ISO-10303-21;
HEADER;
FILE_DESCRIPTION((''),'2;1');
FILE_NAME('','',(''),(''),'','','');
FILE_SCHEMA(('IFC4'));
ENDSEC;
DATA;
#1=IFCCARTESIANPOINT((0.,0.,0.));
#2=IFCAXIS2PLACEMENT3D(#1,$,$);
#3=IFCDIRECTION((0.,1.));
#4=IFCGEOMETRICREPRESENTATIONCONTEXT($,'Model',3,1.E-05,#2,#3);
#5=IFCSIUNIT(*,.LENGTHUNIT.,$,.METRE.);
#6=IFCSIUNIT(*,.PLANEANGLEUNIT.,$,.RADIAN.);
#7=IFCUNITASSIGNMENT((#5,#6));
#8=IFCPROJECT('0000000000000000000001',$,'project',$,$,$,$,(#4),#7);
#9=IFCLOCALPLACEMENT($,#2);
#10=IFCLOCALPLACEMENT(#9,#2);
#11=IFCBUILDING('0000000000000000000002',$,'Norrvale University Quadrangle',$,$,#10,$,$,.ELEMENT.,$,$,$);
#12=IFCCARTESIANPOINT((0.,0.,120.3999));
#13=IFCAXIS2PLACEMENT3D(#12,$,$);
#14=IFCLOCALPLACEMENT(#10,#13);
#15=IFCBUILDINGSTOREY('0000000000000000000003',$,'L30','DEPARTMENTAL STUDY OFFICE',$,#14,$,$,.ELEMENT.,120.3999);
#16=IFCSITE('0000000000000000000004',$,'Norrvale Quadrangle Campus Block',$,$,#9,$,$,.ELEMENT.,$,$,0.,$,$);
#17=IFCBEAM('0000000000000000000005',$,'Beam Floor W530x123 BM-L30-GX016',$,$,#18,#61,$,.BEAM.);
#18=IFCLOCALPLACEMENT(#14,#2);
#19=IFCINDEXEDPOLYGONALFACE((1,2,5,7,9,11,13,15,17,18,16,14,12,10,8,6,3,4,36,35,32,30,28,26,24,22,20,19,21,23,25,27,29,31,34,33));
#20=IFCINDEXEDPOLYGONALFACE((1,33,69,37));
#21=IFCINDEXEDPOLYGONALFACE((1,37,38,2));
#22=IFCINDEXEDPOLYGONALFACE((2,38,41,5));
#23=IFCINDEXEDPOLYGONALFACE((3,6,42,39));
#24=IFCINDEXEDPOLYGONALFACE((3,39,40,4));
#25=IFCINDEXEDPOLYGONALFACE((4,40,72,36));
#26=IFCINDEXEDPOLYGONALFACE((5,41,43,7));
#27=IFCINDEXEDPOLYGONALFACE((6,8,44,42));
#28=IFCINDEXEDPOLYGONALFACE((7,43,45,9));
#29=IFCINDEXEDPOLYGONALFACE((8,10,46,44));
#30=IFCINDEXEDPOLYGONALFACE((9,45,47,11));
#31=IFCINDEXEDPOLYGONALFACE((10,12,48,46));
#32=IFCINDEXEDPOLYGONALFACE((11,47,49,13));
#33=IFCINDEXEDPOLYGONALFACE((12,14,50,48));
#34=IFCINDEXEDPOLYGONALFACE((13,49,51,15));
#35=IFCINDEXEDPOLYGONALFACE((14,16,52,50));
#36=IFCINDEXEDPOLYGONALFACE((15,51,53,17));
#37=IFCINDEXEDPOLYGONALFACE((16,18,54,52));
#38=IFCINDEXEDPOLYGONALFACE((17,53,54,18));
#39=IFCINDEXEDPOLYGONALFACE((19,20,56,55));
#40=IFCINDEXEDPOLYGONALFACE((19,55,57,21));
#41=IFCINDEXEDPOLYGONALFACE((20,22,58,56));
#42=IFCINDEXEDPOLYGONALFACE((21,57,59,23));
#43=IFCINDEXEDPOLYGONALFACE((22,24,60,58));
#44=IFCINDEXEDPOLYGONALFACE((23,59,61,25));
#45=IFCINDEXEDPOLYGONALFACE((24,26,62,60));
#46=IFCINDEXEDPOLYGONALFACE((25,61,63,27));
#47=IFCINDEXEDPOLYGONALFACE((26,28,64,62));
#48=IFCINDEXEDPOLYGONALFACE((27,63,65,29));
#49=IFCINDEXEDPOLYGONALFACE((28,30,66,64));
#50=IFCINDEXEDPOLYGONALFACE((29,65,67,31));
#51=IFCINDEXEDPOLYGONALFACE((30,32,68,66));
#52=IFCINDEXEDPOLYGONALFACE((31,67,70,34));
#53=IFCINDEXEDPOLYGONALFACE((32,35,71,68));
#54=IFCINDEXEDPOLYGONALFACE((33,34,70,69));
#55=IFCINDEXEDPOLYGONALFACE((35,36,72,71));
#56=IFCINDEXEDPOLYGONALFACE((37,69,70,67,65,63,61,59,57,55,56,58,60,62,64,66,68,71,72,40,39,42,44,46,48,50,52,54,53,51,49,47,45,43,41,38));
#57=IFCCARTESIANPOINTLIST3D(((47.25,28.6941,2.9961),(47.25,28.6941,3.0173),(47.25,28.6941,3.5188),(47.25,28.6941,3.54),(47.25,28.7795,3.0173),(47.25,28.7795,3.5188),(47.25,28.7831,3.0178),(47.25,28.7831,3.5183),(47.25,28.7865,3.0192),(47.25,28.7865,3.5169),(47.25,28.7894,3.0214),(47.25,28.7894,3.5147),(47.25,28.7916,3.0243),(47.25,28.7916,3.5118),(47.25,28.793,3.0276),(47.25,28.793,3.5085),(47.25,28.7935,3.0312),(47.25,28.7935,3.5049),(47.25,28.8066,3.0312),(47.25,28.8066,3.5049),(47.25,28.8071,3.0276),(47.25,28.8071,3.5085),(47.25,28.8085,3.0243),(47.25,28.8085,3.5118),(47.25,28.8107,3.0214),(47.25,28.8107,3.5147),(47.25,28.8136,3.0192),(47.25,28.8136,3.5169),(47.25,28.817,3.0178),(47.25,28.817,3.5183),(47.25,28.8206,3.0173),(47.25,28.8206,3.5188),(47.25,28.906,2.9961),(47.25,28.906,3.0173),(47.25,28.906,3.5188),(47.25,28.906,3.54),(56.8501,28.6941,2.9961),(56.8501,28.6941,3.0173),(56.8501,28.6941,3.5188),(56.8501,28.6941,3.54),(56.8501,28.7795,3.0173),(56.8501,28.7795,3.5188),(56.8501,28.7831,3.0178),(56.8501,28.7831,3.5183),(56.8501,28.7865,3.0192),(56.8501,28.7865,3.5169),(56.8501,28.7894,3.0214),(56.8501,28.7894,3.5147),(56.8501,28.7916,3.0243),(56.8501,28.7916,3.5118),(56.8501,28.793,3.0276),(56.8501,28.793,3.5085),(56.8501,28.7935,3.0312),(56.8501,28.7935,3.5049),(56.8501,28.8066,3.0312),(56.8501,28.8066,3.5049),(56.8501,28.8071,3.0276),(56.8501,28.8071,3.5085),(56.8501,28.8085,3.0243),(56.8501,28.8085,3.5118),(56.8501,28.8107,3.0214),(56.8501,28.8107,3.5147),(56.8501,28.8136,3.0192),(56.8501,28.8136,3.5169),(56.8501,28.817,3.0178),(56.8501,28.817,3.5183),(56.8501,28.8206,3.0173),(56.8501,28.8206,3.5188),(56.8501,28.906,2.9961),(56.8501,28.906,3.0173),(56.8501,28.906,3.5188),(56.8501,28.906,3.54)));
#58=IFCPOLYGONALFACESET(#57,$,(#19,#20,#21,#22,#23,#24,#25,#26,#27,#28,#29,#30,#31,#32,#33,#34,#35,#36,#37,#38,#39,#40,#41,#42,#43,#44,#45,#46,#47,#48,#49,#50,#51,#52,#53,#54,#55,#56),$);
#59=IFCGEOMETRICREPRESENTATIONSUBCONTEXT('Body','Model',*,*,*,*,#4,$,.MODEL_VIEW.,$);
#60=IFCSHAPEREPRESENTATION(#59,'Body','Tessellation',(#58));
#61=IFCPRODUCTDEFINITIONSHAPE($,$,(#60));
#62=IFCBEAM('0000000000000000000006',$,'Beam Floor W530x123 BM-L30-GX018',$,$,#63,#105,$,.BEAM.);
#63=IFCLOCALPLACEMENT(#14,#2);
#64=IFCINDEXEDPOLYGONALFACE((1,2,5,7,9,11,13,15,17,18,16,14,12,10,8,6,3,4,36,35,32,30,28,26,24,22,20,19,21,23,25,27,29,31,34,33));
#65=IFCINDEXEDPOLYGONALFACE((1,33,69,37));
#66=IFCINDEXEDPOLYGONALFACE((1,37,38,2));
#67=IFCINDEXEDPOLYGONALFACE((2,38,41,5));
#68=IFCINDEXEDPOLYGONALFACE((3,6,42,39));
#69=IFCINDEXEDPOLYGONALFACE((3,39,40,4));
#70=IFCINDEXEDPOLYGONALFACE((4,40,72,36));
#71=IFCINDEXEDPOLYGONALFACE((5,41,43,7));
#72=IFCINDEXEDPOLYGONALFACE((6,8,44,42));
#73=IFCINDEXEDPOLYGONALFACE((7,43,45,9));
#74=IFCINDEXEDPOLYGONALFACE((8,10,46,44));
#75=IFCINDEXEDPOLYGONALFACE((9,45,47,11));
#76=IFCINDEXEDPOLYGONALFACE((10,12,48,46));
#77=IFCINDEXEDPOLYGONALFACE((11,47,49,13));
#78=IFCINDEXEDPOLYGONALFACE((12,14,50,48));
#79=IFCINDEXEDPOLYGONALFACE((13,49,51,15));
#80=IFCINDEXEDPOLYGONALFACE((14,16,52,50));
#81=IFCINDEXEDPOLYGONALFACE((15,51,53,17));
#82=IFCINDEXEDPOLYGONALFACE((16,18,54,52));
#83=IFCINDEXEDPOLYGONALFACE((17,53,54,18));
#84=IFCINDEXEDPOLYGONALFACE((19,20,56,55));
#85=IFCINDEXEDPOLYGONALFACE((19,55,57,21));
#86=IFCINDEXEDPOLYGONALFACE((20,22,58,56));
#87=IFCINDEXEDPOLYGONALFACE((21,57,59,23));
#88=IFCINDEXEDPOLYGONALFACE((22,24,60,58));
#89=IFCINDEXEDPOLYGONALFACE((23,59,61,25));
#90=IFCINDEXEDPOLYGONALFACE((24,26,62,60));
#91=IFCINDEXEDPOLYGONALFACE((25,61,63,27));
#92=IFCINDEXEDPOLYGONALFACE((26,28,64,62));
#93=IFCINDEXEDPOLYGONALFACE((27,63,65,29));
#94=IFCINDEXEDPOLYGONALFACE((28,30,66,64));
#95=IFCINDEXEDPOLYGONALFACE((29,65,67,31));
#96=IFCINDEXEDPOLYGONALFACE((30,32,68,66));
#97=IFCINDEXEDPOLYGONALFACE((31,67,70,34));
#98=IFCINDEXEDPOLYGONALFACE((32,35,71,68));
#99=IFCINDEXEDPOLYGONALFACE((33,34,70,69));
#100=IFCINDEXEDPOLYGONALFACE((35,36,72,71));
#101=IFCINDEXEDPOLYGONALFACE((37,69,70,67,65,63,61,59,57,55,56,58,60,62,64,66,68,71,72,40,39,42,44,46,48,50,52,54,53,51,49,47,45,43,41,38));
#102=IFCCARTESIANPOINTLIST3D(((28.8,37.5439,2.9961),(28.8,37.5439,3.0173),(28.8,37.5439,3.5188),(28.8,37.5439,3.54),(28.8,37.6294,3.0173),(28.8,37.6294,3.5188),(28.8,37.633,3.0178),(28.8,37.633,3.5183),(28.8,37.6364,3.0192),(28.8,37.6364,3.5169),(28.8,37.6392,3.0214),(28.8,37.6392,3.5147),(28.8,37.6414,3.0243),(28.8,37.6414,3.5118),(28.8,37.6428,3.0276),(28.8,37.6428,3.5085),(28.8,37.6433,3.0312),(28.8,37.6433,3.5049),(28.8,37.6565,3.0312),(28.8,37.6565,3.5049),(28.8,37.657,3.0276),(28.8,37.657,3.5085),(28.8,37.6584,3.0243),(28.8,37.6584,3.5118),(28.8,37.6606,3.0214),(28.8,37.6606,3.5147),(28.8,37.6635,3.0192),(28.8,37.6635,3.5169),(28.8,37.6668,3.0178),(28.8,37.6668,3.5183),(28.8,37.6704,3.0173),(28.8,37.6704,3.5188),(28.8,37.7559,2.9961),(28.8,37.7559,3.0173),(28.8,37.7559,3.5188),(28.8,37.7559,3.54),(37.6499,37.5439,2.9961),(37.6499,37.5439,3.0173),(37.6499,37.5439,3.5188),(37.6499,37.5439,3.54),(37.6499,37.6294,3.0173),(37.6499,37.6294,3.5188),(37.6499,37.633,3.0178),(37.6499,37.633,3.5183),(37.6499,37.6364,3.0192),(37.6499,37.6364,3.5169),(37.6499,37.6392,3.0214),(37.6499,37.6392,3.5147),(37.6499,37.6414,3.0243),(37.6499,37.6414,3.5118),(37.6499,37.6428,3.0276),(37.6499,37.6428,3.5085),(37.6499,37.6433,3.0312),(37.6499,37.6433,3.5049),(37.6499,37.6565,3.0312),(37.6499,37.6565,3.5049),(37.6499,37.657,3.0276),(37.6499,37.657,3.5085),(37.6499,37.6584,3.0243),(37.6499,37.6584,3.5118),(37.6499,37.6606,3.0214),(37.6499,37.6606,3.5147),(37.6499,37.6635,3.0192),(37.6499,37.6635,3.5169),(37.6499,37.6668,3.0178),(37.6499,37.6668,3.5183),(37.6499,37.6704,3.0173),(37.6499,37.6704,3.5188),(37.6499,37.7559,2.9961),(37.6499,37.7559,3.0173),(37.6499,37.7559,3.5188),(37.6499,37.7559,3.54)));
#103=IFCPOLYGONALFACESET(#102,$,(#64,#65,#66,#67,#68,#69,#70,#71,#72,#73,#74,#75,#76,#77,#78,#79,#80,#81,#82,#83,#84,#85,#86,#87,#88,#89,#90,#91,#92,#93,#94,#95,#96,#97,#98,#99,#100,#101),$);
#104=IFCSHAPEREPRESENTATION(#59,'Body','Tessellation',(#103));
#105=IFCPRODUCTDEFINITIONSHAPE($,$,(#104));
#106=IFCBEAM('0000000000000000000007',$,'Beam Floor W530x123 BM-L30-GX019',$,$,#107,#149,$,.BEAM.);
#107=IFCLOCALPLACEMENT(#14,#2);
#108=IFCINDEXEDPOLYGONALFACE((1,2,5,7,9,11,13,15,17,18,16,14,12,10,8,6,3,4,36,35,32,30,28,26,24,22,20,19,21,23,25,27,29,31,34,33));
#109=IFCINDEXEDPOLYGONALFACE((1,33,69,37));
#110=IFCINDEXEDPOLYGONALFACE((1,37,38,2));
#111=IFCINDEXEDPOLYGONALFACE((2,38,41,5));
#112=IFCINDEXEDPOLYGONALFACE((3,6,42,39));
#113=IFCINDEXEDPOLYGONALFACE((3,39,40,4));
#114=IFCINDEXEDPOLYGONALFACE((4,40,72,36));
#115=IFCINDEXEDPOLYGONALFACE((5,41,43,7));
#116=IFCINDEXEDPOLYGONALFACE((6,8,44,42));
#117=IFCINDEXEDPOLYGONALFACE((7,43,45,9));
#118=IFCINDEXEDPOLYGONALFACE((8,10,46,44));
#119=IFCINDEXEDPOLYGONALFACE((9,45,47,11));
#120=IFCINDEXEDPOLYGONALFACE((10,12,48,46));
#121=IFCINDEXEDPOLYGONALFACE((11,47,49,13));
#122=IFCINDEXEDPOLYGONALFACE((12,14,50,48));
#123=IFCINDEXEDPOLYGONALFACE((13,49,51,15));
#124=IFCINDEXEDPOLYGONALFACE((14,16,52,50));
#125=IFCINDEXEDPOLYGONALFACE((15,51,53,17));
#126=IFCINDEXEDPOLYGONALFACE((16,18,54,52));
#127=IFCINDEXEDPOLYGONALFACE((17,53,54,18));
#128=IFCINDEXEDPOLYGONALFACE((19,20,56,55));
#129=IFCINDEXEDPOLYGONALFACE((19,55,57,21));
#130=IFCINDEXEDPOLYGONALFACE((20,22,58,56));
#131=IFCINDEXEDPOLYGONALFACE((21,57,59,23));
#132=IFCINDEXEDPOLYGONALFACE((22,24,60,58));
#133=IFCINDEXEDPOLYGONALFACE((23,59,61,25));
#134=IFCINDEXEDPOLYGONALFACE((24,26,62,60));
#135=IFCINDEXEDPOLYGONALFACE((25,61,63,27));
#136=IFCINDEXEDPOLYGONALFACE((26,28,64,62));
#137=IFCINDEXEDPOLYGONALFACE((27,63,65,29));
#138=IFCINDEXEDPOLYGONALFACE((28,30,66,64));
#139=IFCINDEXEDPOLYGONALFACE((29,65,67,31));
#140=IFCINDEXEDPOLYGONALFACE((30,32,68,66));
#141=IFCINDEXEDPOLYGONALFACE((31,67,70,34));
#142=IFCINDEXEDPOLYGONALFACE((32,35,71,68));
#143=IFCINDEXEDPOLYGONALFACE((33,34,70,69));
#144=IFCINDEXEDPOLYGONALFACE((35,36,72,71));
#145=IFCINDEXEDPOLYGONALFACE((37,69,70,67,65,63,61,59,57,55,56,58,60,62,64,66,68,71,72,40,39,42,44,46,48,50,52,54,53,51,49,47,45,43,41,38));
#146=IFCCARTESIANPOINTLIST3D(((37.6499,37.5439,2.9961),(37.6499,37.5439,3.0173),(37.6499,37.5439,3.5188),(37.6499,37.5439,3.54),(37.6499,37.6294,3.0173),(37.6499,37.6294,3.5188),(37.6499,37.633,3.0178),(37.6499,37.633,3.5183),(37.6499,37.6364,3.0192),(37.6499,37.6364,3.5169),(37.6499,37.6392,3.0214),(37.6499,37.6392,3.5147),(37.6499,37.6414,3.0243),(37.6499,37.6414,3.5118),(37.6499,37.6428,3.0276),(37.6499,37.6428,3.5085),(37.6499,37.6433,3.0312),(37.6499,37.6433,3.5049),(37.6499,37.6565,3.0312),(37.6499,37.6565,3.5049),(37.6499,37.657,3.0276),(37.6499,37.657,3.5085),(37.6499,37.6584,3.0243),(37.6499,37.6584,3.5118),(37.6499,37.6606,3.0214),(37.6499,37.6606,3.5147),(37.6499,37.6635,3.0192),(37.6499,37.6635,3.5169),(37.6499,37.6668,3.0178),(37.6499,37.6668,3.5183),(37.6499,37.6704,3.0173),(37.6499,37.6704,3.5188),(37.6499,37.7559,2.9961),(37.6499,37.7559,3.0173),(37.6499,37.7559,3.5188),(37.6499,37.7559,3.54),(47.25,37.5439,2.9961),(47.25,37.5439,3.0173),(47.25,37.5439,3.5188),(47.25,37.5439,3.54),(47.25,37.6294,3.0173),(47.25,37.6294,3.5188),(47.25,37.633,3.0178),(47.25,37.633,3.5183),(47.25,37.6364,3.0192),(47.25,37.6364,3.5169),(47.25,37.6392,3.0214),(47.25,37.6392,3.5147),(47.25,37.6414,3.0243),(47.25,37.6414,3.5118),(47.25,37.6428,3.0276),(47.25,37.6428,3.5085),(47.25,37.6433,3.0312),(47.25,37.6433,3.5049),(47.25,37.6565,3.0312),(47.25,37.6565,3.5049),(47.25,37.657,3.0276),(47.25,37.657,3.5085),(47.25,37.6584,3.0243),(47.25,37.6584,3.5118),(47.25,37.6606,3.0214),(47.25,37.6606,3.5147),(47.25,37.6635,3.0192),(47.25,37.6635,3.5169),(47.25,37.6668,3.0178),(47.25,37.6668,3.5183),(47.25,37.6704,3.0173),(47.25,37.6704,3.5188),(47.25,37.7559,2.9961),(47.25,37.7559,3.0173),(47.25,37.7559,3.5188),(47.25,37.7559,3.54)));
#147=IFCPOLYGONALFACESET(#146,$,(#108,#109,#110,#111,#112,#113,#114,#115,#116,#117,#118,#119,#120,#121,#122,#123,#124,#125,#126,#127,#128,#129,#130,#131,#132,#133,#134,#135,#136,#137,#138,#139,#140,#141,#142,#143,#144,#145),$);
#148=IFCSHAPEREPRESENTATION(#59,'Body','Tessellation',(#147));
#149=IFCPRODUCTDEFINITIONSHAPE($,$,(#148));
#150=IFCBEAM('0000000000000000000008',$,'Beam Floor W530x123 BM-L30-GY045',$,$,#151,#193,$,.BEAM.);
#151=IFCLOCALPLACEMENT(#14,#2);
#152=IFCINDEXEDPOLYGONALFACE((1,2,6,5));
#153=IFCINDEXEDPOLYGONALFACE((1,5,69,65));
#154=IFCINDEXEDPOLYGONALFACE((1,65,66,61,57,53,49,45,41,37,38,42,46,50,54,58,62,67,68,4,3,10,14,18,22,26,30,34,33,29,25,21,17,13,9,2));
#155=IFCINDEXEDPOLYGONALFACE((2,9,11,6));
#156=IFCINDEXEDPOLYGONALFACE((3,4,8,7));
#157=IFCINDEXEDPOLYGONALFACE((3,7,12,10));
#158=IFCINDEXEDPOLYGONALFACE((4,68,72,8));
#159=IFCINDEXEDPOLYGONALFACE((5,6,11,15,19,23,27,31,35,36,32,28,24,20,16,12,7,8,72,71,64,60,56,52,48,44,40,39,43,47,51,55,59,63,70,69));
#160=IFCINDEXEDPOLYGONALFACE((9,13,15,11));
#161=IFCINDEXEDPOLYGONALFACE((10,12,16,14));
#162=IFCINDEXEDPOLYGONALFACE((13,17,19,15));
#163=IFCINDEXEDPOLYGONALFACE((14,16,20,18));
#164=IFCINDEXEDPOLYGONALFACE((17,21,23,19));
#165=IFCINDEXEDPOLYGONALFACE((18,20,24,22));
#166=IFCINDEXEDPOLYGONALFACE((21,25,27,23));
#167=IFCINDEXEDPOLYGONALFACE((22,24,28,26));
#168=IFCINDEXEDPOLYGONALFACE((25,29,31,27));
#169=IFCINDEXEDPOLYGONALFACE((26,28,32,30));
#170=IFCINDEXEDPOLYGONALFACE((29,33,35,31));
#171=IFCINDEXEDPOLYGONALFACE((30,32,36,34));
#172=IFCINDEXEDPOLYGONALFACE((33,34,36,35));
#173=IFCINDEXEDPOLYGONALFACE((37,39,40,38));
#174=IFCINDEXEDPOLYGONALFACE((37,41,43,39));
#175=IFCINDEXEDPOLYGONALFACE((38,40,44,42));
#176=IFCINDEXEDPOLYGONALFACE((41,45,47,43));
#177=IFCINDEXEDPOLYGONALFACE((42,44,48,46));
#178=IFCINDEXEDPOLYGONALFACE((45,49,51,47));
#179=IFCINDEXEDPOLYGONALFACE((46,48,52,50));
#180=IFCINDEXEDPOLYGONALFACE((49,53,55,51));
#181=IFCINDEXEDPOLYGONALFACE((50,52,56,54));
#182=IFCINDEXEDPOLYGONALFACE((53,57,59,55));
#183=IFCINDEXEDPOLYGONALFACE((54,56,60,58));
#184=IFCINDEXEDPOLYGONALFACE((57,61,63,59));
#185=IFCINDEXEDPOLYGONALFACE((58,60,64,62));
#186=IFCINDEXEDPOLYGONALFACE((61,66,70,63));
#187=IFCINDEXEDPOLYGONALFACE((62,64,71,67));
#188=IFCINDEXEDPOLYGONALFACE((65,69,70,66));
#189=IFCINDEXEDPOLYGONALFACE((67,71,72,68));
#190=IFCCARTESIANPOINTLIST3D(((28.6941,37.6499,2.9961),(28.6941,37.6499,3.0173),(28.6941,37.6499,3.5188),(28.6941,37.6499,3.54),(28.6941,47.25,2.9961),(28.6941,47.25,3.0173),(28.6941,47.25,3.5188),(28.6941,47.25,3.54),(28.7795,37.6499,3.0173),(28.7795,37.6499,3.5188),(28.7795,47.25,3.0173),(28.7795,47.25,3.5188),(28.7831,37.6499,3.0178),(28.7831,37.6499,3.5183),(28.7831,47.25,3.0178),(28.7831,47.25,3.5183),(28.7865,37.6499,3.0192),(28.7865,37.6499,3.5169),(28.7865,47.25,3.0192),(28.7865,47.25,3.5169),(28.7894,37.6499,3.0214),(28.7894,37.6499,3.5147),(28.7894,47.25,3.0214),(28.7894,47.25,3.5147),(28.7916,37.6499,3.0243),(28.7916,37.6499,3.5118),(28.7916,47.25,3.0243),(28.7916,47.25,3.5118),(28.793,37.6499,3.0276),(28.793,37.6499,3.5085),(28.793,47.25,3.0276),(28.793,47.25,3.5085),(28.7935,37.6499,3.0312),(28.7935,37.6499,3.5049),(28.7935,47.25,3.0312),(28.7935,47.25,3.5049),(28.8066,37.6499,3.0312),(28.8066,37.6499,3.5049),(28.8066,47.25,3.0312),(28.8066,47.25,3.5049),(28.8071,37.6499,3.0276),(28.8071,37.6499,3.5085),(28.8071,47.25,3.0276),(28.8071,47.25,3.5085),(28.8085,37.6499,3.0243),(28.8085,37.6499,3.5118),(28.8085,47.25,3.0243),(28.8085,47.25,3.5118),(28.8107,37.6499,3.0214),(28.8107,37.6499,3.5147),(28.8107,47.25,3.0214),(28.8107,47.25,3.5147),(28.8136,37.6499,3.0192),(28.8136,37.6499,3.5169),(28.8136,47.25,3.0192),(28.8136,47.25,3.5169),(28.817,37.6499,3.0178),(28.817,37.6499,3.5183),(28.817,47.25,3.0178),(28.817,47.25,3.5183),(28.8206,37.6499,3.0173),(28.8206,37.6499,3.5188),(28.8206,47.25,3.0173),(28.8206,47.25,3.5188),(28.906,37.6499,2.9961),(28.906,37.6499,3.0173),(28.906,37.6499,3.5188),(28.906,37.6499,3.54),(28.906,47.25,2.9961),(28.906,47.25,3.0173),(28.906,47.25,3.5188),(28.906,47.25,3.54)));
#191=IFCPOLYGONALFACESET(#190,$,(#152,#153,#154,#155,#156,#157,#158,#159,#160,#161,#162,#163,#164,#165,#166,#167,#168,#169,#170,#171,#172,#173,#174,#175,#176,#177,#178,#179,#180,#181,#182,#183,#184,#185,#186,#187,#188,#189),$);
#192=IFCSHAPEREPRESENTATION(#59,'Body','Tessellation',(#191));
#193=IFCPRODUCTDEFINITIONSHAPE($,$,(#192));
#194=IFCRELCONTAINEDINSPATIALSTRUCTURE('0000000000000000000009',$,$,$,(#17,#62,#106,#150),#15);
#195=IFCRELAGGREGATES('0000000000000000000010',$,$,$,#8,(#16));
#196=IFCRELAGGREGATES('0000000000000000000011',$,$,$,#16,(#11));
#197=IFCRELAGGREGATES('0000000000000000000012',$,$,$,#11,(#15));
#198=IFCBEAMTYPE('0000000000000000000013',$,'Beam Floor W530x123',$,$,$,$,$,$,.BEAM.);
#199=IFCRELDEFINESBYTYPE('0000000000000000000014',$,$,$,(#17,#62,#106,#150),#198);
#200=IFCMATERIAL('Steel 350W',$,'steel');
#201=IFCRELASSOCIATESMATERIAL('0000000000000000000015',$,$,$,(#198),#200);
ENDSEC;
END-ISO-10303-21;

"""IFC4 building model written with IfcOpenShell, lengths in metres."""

from ifc_helpers import new_model, si_unit, direction, frame, origin, origin_2d, place, context, subcontext, project, spatial, i_section, extrude, material, material_profile, profile_set, type_object, element, save


model = new_model("IFC4")

# Units and contexts
model_context = context("Model", 3, precision=1e-05, world=origin(), true_north=direction((0.0, 1.0)))
body_context = subcontext(model_context, "Body", "Model", "MODEL_VIEW")
ifc_project = project(units=[si_unit("LENGTHUNIT", "METRE"), si_unit("PLANEANGLEUNIT", "RADIAN")], contexts=[model_context])

# Site, building, storey
site_placement = place(None, origin())
site = spatial("IfcSite", under=ifc_project, at=site_placement, Name="Norrvale Quadrangle Campus Block", CompositionType="ELEMENT", RefElevation=0.0)
building_placement = place(site_placement, origin())
building = spatial("IfcBuilding", under=site, at=building_placement, Name="Norrvale University Quadrangle", CompositionType="ELEMENT")
storey_placement = place(building_placement, frame((0.0, 0.0, 120.3999)))
storey = spatial("IfcBuildingStorey", under=building, at=storey_placement, Name="L30", Description="DEPARTMENTAL STUDY OFFICE", CompositionType="ELEMENT", Elevation=120.3999)

# Beams
ifc_material_1 = material(Name="Steel 350W", Category="steel")
ifc_material_profile_1 = material_profile(ifc_material_1, i_section(OverallWidth=0.2119, OverallDepth=0.5439, WebThickness=0.0132, FlangeThickness=0.0212, FilletRadius=0.0139, at=origin_2d()), Name="Steel 350W")
ifc_profile_set_1 = profile_set([ifc_material_profile_1], Name="Steel 350W")
beam_type_1 = type_object("IfcBeamType", Name="Beam Floor W530x123", PredefinedType="BEAM", material=ifc_profile_set_1)
for number, where, z_axis, x_axis, name in (
    (1, (47.25, 28.8, 3.2681), (1.0, 0.0, 0.0), (0.0, 1.0, 0.0), "Beam Floor W530x123 BM-L30-GX016"),
):
    element("IfcBeam", number, at=place(storey_placement, frame(where, z_axis=z_axis, x_axis=x_axis)), inside=storey, type_object=beam_type_1, Name=name, PredefinedType="BEAM", context=body_context, shape_type="SweptSolid", body=[
        extrude(i_section(OverallWidth=0.2119, OverallDepth=0.5439, WebThickness=0.0132, FlangeThickness=0.0212, FilletRadius=0.0139, at=origin_2d()), origin(), (0.0, 0.0, 1.0), 9.6001),
    ])
beam_placement = place(storey_placement, frame((28.8, 37.6499, 3.2681), z_axis=(1.0, 0.0, 0.0), x_axis=(0.0, 1.0, 0.0)))
element("IfcBeam", 2, at=beam_placement, inside=storey, type_object=beam_type_1, Name="Beam Floor W530x123 BM-L30-GX018", PredefinedType="BEAM", context=body_context, shape_type="SweptSolid", body=[
    extrude(i_section(OverallWidth=0.2119, OverallDepth=0.5439, WebThickness=0.0132, FlangeThickness=0.0212, FilletRadius=0.0139, at=origin_2d()), origin(), (0.0, 0.0, 1.0), 8.8499),
])
for number, where, z_axis, x_axis, name in (
    (3, (37.6499, 37.6499, 3.2681), (1.0, 0.0, 0.0), (0.0, 1.0, 0.0), "Beam Floor W530x123 BM-L30-GX019"),
    (4, (28.8, 37.6499, 3.2681), (0.0, 1.0, 0.0), (-1.0, 0.0, 0.0), "Beam Floor W530x123 BM-L30-GY045"),
):
    element("IfcBeam", number, at=place(storey_placement, frame(where, z_axis=z_axis, x_axis=x_axis)), inside=storey, type_object=beam_type_1, Name=name, PredefinedType="BEAM", context=body_context, shape_type="SweptSolid", body=[
        extrude(i_section(OverallWidth=0.2119, OverallDepth=0.5439, WebThickness=0.0132, FlangeThickness=0.0212, FilletRadius=0.0139, at=origin_2d()), origin(), (0.0, 0.0, 1.0), 9.6001),
    ])

save(model, "model.ifc")
